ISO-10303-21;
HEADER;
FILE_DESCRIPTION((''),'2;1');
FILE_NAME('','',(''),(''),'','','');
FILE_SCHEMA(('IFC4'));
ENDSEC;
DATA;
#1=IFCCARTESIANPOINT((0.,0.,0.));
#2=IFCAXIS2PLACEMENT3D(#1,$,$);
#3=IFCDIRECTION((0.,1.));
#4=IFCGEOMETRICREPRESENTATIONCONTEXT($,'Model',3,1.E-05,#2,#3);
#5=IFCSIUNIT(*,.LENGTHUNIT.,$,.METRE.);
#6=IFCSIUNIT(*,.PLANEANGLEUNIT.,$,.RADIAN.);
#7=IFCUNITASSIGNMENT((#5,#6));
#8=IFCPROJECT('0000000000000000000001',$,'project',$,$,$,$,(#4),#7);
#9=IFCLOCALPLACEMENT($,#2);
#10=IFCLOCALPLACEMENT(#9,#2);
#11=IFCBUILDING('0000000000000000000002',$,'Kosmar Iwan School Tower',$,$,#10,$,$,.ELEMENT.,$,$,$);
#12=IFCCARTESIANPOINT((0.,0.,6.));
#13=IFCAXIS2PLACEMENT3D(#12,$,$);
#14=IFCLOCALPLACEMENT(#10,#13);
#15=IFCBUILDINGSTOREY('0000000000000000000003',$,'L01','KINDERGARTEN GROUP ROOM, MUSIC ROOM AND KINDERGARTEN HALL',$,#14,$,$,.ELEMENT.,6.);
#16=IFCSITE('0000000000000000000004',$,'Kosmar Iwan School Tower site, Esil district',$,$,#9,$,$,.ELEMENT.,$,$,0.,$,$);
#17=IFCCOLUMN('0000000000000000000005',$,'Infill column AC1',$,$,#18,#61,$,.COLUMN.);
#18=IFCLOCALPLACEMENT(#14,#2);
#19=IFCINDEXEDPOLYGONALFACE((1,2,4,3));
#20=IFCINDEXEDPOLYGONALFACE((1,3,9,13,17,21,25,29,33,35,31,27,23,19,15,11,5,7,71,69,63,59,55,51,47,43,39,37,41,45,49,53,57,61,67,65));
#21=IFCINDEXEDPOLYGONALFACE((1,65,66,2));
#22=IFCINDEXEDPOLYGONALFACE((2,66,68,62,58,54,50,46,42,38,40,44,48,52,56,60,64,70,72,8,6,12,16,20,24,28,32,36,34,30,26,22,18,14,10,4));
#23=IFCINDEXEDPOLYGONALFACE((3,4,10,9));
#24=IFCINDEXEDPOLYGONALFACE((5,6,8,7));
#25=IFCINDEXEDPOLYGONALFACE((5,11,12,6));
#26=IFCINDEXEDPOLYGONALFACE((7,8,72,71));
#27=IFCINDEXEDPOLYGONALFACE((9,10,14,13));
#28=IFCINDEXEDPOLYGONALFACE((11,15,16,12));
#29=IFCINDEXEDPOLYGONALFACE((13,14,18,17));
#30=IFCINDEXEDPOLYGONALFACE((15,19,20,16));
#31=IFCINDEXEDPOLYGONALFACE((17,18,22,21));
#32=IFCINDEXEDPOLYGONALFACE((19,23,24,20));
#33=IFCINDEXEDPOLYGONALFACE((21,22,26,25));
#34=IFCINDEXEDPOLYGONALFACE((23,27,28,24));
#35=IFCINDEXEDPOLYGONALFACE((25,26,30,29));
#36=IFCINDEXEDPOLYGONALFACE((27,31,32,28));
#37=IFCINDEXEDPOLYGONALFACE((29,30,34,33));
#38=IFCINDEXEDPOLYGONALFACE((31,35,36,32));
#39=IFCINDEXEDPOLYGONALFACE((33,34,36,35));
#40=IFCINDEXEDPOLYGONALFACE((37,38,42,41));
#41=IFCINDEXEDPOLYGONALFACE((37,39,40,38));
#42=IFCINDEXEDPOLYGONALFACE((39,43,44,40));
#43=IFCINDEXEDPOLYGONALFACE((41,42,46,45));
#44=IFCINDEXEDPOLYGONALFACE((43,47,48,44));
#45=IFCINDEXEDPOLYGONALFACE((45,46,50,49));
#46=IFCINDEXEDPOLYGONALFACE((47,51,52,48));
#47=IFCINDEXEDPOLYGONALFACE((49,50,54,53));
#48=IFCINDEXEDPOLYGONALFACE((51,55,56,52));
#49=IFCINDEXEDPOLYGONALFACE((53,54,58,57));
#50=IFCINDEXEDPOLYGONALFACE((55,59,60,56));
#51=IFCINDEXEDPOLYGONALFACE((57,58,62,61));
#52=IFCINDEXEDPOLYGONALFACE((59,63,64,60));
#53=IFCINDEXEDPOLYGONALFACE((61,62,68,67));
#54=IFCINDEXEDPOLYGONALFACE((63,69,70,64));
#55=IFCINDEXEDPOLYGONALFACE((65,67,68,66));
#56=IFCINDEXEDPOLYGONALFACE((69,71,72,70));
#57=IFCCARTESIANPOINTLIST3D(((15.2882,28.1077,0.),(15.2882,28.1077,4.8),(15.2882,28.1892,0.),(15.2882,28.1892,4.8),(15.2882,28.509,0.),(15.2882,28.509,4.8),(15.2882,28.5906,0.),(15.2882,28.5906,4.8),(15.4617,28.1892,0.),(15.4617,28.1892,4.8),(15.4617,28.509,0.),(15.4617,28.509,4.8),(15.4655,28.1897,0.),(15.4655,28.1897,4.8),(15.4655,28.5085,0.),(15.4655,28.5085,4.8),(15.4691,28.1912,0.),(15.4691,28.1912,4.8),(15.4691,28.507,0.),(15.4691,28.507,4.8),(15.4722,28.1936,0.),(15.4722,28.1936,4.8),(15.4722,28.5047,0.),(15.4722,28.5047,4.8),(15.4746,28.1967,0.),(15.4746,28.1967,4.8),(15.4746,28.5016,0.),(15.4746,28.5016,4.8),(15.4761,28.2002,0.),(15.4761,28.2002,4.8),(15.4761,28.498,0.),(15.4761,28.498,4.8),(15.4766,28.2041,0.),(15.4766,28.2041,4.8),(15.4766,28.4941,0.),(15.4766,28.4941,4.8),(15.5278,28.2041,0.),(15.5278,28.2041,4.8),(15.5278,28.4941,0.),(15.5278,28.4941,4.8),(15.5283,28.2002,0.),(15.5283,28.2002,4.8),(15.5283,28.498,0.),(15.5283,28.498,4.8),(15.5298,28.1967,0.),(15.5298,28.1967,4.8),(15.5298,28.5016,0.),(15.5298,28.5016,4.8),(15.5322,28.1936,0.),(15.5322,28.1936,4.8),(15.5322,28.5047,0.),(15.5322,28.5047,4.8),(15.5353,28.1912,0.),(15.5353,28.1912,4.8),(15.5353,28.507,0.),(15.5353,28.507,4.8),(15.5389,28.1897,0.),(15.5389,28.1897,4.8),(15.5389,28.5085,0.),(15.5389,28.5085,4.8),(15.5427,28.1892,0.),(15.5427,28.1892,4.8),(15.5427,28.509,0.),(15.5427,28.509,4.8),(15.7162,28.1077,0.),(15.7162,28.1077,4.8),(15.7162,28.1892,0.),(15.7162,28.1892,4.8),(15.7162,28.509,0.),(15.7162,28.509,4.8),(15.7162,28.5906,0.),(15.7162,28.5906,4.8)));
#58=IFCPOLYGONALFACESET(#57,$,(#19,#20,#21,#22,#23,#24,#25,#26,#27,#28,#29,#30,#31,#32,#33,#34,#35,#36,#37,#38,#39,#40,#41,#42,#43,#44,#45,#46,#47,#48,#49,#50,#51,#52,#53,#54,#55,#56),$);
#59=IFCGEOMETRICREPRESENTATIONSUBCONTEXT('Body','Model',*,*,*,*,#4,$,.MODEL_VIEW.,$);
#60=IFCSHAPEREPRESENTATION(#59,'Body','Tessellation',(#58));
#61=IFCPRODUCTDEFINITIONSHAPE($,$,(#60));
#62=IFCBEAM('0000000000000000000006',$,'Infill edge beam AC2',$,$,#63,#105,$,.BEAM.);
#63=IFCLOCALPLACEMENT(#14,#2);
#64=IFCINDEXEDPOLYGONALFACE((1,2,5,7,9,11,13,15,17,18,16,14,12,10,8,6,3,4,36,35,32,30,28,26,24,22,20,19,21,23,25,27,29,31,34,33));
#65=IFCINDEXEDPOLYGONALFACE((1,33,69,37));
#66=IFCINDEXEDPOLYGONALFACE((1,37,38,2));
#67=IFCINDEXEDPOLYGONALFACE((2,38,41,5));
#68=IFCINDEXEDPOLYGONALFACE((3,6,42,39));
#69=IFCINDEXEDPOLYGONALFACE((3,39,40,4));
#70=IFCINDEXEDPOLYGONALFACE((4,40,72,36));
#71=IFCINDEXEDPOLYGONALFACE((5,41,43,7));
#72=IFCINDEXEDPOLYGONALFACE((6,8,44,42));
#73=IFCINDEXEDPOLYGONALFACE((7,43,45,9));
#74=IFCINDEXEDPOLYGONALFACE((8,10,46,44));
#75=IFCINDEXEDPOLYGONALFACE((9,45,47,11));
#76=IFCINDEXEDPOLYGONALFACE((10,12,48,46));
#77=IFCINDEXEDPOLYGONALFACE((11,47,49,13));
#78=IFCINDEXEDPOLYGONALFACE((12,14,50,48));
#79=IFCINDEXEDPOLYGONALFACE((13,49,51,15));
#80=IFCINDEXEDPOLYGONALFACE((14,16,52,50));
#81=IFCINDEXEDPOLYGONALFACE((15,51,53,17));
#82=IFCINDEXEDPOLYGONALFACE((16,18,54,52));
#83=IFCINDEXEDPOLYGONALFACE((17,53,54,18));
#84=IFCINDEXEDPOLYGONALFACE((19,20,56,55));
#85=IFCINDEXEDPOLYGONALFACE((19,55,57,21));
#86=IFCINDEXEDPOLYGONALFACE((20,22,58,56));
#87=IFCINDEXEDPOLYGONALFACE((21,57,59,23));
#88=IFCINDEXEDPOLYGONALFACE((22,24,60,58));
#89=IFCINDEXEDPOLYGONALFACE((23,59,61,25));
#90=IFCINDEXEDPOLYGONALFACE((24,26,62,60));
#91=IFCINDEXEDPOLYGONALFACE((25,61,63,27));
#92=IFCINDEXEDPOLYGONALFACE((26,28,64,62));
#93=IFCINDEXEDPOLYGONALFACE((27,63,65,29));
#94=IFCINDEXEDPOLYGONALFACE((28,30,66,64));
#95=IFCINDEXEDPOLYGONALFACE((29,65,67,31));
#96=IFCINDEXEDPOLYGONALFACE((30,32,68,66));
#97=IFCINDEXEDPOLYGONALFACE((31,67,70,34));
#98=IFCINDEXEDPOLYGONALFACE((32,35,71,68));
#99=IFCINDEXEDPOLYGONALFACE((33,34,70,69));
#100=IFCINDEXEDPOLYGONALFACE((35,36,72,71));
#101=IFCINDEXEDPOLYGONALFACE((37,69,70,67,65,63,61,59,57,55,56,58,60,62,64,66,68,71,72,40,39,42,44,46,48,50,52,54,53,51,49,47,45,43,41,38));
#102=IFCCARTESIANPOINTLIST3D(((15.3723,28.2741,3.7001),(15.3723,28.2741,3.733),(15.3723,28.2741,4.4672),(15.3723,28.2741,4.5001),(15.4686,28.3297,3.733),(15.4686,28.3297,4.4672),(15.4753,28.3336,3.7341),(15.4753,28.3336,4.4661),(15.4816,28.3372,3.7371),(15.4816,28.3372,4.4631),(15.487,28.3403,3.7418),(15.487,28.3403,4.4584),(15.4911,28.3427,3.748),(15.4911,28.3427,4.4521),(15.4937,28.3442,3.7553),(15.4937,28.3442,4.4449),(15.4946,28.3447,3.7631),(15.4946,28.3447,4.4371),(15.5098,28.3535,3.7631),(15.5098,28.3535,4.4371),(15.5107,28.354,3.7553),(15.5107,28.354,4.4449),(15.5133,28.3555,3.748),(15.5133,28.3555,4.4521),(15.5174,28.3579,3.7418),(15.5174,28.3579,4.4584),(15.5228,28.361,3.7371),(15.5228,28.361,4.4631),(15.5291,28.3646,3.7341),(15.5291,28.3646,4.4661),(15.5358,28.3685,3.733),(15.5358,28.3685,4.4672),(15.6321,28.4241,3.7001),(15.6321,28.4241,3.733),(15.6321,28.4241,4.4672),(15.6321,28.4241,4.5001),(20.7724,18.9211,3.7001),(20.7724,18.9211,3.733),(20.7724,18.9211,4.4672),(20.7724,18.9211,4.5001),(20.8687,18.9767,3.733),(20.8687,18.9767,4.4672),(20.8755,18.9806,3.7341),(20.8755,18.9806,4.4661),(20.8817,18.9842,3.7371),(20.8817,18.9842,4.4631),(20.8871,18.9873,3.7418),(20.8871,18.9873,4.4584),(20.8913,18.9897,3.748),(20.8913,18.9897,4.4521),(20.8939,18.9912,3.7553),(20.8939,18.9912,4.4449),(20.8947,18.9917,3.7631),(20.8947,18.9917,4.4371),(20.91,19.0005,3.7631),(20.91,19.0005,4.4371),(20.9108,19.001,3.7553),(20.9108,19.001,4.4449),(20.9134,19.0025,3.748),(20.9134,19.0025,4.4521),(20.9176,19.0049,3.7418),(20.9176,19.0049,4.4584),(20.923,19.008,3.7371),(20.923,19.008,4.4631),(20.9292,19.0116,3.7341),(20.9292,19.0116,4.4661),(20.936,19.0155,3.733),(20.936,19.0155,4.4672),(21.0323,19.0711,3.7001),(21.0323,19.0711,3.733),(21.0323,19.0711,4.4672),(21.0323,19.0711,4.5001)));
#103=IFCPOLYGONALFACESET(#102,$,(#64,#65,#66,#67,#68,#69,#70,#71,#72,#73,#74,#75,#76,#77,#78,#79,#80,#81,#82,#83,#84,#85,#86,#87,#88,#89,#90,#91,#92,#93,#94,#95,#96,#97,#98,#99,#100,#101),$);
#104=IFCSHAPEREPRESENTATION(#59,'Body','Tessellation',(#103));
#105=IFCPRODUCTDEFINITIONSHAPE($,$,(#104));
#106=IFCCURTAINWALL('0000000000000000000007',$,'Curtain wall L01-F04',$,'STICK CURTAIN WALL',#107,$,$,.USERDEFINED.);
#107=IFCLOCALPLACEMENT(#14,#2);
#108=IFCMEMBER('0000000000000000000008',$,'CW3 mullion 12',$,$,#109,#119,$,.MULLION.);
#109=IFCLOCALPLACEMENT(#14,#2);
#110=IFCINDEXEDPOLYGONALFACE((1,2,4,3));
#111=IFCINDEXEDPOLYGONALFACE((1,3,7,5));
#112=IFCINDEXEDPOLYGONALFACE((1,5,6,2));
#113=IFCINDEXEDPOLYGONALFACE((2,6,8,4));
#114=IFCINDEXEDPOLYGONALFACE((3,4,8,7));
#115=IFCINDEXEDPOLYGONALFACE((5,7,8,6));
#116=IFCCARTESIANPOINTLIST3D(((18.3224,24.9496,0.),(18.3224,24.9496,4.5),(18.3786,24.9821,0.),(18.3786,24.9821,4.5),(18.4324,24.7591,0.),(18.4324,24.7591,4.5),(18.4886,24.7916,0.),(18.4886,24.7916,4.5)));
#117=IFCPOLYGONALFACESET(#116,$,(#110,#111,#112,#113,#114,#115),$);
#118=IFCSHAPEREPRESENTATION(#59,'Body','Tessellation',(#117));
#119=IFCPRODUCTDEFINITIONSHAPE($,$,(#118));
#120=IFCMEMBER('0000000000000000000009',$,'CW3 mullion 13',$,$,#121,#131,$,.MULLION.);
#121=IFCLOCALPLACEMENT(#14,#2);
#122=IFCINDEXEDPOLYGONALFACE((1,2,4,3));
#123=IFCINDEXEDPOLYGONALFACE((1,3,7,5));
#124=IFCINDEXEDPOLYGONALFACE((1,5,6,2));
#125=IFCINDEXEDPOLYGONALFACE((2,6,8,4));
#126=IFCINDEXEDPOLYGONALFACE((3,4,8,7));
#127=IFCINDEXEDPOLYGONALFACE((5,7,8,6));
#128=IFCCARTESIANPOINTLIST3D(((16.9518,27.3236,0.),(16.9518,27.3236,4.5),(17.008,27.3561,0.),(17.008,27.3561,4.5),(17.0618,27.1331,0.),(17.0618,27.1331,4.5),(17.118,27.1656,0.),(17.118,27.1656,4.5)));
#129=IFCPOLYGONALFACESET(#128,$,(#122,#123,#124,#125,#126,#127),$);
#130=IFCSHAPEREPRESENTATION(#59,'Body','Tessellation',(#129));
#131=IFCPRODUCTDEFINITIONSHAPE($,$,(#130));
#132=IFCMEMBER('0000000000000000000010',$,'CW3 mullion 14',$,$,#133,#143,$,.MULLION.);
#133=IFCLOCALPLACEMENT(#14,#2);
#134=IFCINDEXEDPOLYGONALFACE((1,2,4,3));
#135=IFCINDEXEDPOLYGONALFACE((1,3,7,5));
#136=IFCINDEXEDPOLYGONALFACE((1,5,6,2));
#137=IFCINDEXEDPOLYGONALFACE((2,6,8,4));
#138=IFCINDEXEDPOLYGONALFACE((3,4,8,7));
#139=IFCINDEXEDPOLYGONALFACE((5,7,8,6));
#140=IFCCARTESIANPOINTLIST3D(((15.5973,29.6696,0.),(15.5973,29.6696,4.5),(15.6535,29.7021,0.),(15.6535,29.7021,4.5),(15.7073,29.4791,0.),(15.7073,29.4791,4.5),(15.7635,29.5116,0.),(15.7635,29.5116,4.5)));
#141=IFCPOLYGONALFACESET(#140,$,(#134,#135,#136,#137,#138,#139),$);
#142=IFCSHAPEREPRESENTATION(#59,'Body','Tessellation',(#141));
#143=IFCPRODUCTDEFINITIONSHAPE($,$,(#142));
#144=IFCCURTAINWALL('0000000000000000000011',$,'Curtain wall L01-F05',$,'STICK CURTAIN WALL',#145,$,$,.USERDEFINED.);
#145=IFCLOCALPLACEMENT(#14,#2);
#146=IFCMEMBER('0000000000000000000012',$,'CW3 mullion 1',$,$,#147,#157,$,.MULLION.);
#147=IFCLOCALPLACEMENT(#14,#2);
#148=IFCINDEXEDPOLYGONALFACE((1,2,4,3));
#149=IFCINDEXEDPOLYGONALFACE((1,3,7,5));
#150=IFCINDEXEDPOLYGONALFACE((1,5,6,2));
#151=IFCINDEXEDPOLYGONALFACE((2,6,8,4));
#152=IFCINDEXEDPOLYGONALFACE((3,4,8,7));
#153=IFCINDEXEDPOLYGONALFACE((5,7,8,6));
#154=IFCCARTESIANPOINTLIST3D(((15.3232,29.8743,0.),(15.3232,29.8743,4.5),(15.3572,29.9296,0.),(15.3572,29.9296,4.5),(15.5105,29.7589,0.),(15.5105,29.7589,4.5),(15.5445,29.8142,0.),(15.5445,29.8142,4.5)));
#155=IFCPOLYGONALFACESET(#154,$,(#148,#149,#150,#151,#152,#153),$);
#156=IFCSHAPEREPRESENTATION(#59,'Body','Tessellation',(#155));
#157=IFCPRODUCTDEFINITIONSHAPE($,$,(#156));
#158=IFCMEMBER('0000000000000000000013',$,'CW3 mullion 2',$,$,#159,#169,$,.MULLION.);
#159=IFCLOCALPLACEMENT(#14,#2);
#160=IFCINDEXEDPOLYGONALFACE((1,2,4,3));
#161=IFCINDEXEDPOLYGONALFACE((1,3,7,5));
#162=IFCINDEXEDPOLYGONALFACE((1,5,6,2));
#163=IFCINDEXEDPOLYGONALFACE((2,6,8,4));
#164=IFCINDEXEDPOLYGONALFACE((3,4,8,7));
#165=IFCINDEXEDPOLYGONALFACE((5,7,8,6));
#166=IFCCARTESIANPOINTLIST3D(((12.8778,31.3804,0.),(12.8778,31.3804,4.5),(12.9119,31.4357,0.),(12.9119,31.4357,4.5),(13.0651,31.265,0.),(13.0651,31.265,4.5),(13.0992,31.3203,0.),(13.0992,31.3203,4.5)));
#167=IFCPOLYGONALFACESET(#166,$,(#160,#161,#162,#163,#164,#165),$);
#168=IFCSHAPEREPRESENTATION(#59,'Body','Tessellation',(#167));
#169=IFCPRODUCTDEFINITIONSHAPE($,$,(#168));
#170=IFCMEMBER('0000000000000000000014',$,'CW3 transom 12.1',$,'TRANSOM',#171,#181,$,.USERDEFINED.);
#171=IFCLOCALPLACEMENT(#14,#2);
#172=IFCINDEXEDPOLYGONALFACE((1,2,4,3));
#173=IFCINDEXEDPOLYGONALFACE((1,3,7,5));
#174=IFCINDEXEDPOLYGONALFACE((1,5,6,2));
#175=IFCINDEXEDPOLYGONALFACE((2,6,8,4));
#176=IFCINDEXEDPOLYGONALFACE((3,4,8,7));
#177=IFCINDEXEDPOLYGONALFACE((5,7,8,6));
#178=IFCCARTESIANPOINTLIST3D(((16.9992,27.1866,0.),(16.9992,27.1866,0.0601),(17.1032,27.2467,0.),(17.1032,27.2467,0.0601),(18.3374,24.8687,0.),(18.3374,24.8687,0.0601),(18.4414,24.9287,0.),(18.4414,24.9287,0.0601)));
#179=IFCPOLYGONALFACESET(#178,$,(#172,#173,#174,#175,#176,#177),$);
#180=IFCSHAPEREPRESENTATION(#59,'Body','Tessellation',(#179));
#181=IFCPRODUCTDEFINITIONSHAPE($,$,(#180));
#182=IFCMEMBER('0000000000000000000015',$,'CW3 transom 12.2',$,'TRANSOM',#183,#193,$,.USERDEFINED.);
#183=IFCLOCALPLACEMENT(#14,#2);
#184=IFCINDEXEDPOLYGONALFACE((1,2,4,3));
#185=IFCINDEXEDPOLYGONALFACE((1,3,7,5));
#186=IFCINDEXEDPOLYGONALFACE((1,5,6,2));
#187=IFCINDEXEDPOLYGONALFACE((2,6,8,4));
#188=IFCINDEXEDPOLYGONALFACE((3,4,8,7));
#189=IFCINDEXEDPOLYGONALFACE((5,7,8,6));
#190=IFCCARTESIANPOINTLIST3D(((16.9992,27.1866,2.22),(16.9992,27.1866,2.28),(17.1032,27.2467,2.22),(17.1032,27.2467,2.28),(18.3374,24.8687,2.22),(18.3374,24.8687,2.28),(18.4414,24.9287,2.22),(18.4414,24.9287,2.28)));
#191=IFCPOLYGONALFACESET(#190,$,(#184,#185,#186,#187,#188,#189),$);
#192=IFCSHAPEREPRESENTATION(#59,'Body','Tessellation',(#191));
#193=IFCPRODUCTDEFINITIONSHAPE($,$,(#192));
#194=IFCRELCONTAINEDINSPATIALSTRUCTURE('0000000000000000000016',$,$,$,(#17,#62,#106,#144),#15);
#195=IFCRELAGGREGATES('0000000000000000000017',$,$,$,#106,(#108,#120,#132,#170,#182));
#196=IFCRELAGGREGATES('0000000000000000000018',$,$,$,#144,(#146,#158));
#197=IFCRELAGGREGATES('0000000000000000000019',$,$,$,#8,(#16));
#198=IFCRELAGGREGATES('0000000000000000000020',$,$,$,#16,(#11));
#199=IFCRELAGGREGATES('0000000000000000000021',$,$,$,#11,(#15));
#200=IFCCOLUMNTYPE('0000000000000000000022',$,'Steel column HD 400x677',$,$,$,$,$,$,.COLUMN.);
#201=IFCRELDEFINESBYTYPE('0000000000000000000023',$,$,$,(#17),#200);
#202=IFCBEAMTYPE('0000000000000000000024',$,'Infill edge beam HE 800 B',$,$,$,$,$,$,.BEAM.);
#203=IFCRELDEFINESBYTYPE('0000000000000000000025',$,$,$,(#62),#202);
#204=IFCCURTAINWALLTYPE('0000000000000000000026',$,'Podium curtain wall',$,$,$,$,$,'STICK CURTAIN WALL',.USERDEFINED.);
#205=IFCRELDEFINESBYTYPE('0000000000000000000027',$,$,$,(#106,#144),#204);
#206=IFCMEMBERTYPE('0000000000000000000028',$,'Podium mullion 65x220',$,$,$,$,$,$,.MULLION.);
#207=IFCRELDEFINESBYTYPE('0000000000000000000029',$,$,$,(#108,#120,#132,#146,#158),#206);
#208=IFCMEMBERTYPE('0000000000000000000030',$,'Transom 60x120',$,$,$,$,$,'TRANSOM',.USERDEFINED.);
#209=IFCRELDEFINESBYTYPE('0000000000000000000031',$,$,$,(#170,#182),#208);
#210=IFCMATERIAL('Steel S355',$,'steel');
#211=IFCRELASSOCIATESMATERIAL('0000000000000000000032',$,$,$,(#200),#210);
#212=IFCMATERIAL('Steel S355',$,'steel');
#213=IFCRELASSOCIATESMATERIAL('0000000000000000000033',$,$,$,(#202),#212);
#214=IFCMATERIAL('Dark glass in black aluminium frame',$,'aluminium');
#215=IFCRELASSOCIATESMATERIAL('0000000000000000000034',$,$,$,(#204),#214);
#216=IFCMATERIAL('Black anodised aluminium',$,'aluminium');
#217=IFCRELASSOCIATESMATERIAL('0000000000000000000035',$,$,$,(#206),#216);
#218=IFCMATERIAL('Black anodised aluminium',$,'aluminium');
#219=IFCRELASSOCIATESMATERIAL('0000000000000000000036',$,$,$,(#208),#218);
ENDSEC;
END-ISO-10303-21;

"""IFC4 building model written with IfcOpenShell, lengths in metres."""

from ifc_helpers import new_model, si_unit, direction, frame, origin, origin_2d, place, context, subcontext, project, spatial, rectangle, i_section, extrude, material, material_profile, profile_set, type_object, element, aggregate, save


model = new_model("IFC4")

# Units and contexts
model_context = context("Model", 3, precision=1e-05, world=origin(), true_north=direction((0.0, 1.0)))
body_context = subcontext(model_context, "Body", "Model", "MODEL_VIEW")
ifc_project = project(units=[si_unit("LENGTHUNIT", "METRE"), si_unit("PLANEANGLEUNIT", "RADIAN")], contexts=[model_context])

# Site, building, storey
site_placement = place(None, origin())
site = spatial("IfcSite", under=ifc_project, at=site_placement, Name="Kosmar Iwan School Tower site, Esil district", CompositionType="ELEMENT", RefElevation=0.0)
building_placement = place(site_placement, origin())
building = spatial("IfcBuilding", under=site, at=building_placement, Name="Kosmar Iwan School Tower", CompositionType="ELEMENT")
storey_placement = place(building_placement, frame((0.0, 0.0, 6.0)))
storey = spatial("IfcBuildingStorey", under=building, at=storey_placement, Name="L01", Description="KINDERGARTEN GROUP ROOM, MUSIC ROOM AND KINDERGARTEN HALL", CompositionType="ELEMENT", Elevation=6.0)

# Column
ifc_material_1 = material(Name="Steel S355", Category="steel")
ifc_material_profile_1 = material_profile(ifc_material_1, i_section(OverallWidth=0.428, OverallDepth=0.4829, WebThickness=0.0513, FlangeThickness=0.0815, FilletRadius=0.0149, at=origin_2d()), Name="HD 400x677")
ifc_profile_set_1 = profile_set([ifc_material_profile_1], Name="Steel S355")
column_type = type_object("IfcColumnType", Name="Steel column HD 400x677", PredefinedType="COLUMN", material=ifc_profile_set_1)
column_placement = place(storey_placement, frame((15.5022, 28.3491, 0.0), z_axis=(0.0, 0.0, 1.0), x_axis=(1.0, 0.0, 0.0)))
element("IfcColumn", 1, at=column_placement, inside=storey, type_object=column_type, Name="Infill column AC1", PredefinedType="COLUMN", context=body_context, shape_type="SweptSolid", body=[
    extrude(i_section(OverallWidth=0.428, OverallDepth=0.4829, WebThickness=0.0513, FlangeThickness=0.0815, FilletRadius=0.0149, at=origin_2d()), origin(), (0.0, 0.0, 1.0), 4.8),
])

# Beam
ifc_material_2 = material(Name="Steel S355", Category="steel")
ifc_material_profile_2 = material_profile(ifc_material_2, i_section(OverallWidth=0.3, OverallDepth=0.8, WebThickness=0.0176, FlangeThickness=0.033, FilletRadius=0.03, at=origin_2d()), Name="HE 800 B")
ifc_profile_set_2 = profile_set([ifc_material_profile_2], Name="Steel S355")
beam_type = type_object("IfcBeamType", Name="Infill edge beam HE 800 B", PredefinedType="BEAM", material=ifc_profile_set_2)
beam_placement = place(storey_placement, frame((15.5022, 28.3491, 4.1001), z_axis=(0.500012, -0.866018, 0.0), x_axis=(0.866018, 0.500012, 0.0)))
element("IfcBeam", 2, at=beam_placement, inside=storey, type_object=beam_type, Name="Infill edge beam AC2", PredefinedType="BEAM", context=body_context, shape_type="SweptSolid", body=[
    extrude(i_section(OverallWidth=0.3, OverallDepth=0.8, WebThickness=0.0176, FlangeThickness=0.033, FilletRadius=0.03, at=origin_2d()), origin(), (0.0, 0.0, 1.0), 10.8),
])

# Curtain walls, members
ifc_material_3 = material(Name="Dark glass in black aluminium frame", Category="aluminium")
curtain_wall_type = type_object("IfcCurtainWallType", Name="Podium curtain wall", ElementType="STICK CURTAIN WALL", PredefinedType="USERDEFINED", material=ifc_material_3)
curtain_wall_1_placement = place(storey_placement, origin())
curtain_wall_1 = element("IfcCurtainWall", 3, at=curtain_wall_1_placement, inside=storey, type_object=curtain_wall_type, Name="Curtain wall L01-F04", ObjectType="STICK CURTAIN WALL", PredefinedType="USERDEFINED")
ifc_material_4 = material(Name="Black anodised aluminium", Category="aluminium")
ifc_material_profile_3 = material_profile(ifc_material_4, rectangle(XDim=0.0649, YDim=0.22, at=origin_2d()), Name="MULLION 65x220")
ifc_profile_set_3 = profile_set([ifc_material_profile_3], Name="Black anodised aluminium")
member_type_1 = type_object("IfcMemberType", Name="Podium mullion 65x220", PredefinedType="MULLION", material=ifc_profile_set_3)
member_1_placement = place(storey_placement, frame((18.4055, 24.8706, 0.0), z_axis=(0.0, 0.0, 1.0), x_axis=(-0.866025, -0.5, 0.0)))
member_1 = element("IfcMember", 4, at=member_1_placement, type_object=member_type_1, Name="CW3 mullion 12", PredefinedType="MULLION", context=body_context, shape_type="SweptSolid", body=[
    extrude(rectangle(XDim=0.0649, YDim=0.22, at=origin_2d()), origin(), (0.0, 0.0, 1.0), 4.5),
])
member_2_placement = place(storey_placement, frame((17.0349, 27.2446, 0.0), z_axis=(0.0, 0.0, 1.0), x_axis=(-0.866025, -0.5, 0.0)))
member_2 = element("IfcMember", 5, at=member_2_placement, type_object=member_type_1, Name="CW3 mullion 13", PredefinedType="MULLION", context=body_context, shape_type="SweptSolid", body=[
    extrude(rectangle(XDim=0.0649, YDim=0.22, at=origin_2d()), origin(), (0.0, 0.0, 1.0), 4.5),
])
member_3_placement = place(storey_placement, frame((15.6804, 29.5906, 0.0), z_axis=(0.0, 0.0, 1.0), x_axis=(-0.866025, -0.5, 0.0)))
member_3 = element("IfcMember", 6, at=member_3_placement, type_object=member_type_1, Name="CW3 mullion 14", PredefinedType="MULLION", context=body_context, shape_type="SweptSolid", body=[
    extrude(rectangle(XDim=0.0649, YDim=0.22, at=origin_2d()), origin(), (0.0, 0.0, 1.0), 4.5),
])
curtain_wall_2_placement = place(storey_placement, origin())
curtain_wall_2 = element("IfcCurtainWall", 7, at=curtain_wall_2_placement, inside=storey, type_object=curtain_wall_type, Name="Curtain wall L01-F05", ObjectType="STICK CURTAIN WALL", PredefinedType="USERDEFINED")
member_4_placement = place(storey_placement, frame((15.4338, 29.8442, 0.0), z_axis=(0.0, 0.0, 1.0), x_axis=(-0.524382, -0.851483, 0.0)))
member_4 = element("IfcMember", 8, at=member_4_placement, type_object=member_type_1, Name="CW3 mullion 1", PredefinedType="MULLION", context=body_context, shape_type="SweptSolid", body=[
    extrude(rectangle(XDim=0.0649, YDim=0.22, at=origin_2d()), origin(), (0.0, 0.0, 1.0), 4.5),
])
member_5_placement = place(storey_placement, frame((12.9885, 31.3503, 0.0), z_axis=(0.0, 0.0, 1.0), x_axis=(-0.524382, -0.851483, 0.0)))
member_5 = element("IfcMember", 9, at=member_5_placement, type_object=member_type_1, Name="CW3 mullion 2", PredefinedType="MULLION", context=body_context, shape_type="SweptSolid", body=[
    extrude(rectangle(XDim=0.0649, YDim=0.22, at=origin_2d()), origin(), (0.0, 0.0, 1.0), 4.5),
])

# Members
ifc_material_5 = material(Name="Black anodised aluminium", Category="aluminium")
ifc_material_profile_4 = material_profile(ifc_material_5, rectangle(XDim=0.1201, YDim=0.0601, at=origin_2d()), Name="TRANSOM 60x120")
ifc_profile_set_4 = profile_set([ifc_material_profile_4], Name="Black anodised aluminium")
member_type_2 = type_object("IfcMemberType", Name="Transom 60x120", ElementType="TRANSOM", PredefinedType="USERDEFINED", material=ifc_profile_set_4)
member_6_placement = place(storey_placement, frame((18.3894, 24.8987, 0.03), z_axis=(-0.499975, 0.86604, 0.0), x_axis=(-0.86604, -0.499975, 0.0)))
member_6 = element("IfcMember", 10, at=member_6_placement, type_object=member_type_2, Name="CW3 transom 12.1", ObjectType="TRANSOM", PredefinedType="USERDEFINED", context=body_context, shape_type="SweptSolid", body=[
    extrude(rectangle(XDim=0.1201, YDim=0.0601, at=origin_2d()), origin(), (0.0, 0.0, 1.0), 2.6765),
])
member_7_placement = place(storey_placement, frame((18.3894, 24.8987, 2.25), z_axis=(-0.499975, 0.86604, 0.0), x_axis=(-0.86604, -0.499975, 0.0)))
member_7 = element("IfcMember", 11, at=member_7_placement, type_object=member_type_2, Name="CW3 transom 12.2", ObjectType="TRANSOM", PredefinedType="USERDEFINED", context=body_context, shape_type="SweptSolid", body=[
    extrude(rectangle(XDim=0.1201, YDim=0.0601, at=origin_2d()), origin(), (0.0, 0.0, 1.0), 2.6765),
])

aggregate(curtain_wall_1, [member_1, member_2, member_3, member_6, member_7])
aggregate(curtain_wall_2, [member_4, member_5])

save(model, "model.ifc")
